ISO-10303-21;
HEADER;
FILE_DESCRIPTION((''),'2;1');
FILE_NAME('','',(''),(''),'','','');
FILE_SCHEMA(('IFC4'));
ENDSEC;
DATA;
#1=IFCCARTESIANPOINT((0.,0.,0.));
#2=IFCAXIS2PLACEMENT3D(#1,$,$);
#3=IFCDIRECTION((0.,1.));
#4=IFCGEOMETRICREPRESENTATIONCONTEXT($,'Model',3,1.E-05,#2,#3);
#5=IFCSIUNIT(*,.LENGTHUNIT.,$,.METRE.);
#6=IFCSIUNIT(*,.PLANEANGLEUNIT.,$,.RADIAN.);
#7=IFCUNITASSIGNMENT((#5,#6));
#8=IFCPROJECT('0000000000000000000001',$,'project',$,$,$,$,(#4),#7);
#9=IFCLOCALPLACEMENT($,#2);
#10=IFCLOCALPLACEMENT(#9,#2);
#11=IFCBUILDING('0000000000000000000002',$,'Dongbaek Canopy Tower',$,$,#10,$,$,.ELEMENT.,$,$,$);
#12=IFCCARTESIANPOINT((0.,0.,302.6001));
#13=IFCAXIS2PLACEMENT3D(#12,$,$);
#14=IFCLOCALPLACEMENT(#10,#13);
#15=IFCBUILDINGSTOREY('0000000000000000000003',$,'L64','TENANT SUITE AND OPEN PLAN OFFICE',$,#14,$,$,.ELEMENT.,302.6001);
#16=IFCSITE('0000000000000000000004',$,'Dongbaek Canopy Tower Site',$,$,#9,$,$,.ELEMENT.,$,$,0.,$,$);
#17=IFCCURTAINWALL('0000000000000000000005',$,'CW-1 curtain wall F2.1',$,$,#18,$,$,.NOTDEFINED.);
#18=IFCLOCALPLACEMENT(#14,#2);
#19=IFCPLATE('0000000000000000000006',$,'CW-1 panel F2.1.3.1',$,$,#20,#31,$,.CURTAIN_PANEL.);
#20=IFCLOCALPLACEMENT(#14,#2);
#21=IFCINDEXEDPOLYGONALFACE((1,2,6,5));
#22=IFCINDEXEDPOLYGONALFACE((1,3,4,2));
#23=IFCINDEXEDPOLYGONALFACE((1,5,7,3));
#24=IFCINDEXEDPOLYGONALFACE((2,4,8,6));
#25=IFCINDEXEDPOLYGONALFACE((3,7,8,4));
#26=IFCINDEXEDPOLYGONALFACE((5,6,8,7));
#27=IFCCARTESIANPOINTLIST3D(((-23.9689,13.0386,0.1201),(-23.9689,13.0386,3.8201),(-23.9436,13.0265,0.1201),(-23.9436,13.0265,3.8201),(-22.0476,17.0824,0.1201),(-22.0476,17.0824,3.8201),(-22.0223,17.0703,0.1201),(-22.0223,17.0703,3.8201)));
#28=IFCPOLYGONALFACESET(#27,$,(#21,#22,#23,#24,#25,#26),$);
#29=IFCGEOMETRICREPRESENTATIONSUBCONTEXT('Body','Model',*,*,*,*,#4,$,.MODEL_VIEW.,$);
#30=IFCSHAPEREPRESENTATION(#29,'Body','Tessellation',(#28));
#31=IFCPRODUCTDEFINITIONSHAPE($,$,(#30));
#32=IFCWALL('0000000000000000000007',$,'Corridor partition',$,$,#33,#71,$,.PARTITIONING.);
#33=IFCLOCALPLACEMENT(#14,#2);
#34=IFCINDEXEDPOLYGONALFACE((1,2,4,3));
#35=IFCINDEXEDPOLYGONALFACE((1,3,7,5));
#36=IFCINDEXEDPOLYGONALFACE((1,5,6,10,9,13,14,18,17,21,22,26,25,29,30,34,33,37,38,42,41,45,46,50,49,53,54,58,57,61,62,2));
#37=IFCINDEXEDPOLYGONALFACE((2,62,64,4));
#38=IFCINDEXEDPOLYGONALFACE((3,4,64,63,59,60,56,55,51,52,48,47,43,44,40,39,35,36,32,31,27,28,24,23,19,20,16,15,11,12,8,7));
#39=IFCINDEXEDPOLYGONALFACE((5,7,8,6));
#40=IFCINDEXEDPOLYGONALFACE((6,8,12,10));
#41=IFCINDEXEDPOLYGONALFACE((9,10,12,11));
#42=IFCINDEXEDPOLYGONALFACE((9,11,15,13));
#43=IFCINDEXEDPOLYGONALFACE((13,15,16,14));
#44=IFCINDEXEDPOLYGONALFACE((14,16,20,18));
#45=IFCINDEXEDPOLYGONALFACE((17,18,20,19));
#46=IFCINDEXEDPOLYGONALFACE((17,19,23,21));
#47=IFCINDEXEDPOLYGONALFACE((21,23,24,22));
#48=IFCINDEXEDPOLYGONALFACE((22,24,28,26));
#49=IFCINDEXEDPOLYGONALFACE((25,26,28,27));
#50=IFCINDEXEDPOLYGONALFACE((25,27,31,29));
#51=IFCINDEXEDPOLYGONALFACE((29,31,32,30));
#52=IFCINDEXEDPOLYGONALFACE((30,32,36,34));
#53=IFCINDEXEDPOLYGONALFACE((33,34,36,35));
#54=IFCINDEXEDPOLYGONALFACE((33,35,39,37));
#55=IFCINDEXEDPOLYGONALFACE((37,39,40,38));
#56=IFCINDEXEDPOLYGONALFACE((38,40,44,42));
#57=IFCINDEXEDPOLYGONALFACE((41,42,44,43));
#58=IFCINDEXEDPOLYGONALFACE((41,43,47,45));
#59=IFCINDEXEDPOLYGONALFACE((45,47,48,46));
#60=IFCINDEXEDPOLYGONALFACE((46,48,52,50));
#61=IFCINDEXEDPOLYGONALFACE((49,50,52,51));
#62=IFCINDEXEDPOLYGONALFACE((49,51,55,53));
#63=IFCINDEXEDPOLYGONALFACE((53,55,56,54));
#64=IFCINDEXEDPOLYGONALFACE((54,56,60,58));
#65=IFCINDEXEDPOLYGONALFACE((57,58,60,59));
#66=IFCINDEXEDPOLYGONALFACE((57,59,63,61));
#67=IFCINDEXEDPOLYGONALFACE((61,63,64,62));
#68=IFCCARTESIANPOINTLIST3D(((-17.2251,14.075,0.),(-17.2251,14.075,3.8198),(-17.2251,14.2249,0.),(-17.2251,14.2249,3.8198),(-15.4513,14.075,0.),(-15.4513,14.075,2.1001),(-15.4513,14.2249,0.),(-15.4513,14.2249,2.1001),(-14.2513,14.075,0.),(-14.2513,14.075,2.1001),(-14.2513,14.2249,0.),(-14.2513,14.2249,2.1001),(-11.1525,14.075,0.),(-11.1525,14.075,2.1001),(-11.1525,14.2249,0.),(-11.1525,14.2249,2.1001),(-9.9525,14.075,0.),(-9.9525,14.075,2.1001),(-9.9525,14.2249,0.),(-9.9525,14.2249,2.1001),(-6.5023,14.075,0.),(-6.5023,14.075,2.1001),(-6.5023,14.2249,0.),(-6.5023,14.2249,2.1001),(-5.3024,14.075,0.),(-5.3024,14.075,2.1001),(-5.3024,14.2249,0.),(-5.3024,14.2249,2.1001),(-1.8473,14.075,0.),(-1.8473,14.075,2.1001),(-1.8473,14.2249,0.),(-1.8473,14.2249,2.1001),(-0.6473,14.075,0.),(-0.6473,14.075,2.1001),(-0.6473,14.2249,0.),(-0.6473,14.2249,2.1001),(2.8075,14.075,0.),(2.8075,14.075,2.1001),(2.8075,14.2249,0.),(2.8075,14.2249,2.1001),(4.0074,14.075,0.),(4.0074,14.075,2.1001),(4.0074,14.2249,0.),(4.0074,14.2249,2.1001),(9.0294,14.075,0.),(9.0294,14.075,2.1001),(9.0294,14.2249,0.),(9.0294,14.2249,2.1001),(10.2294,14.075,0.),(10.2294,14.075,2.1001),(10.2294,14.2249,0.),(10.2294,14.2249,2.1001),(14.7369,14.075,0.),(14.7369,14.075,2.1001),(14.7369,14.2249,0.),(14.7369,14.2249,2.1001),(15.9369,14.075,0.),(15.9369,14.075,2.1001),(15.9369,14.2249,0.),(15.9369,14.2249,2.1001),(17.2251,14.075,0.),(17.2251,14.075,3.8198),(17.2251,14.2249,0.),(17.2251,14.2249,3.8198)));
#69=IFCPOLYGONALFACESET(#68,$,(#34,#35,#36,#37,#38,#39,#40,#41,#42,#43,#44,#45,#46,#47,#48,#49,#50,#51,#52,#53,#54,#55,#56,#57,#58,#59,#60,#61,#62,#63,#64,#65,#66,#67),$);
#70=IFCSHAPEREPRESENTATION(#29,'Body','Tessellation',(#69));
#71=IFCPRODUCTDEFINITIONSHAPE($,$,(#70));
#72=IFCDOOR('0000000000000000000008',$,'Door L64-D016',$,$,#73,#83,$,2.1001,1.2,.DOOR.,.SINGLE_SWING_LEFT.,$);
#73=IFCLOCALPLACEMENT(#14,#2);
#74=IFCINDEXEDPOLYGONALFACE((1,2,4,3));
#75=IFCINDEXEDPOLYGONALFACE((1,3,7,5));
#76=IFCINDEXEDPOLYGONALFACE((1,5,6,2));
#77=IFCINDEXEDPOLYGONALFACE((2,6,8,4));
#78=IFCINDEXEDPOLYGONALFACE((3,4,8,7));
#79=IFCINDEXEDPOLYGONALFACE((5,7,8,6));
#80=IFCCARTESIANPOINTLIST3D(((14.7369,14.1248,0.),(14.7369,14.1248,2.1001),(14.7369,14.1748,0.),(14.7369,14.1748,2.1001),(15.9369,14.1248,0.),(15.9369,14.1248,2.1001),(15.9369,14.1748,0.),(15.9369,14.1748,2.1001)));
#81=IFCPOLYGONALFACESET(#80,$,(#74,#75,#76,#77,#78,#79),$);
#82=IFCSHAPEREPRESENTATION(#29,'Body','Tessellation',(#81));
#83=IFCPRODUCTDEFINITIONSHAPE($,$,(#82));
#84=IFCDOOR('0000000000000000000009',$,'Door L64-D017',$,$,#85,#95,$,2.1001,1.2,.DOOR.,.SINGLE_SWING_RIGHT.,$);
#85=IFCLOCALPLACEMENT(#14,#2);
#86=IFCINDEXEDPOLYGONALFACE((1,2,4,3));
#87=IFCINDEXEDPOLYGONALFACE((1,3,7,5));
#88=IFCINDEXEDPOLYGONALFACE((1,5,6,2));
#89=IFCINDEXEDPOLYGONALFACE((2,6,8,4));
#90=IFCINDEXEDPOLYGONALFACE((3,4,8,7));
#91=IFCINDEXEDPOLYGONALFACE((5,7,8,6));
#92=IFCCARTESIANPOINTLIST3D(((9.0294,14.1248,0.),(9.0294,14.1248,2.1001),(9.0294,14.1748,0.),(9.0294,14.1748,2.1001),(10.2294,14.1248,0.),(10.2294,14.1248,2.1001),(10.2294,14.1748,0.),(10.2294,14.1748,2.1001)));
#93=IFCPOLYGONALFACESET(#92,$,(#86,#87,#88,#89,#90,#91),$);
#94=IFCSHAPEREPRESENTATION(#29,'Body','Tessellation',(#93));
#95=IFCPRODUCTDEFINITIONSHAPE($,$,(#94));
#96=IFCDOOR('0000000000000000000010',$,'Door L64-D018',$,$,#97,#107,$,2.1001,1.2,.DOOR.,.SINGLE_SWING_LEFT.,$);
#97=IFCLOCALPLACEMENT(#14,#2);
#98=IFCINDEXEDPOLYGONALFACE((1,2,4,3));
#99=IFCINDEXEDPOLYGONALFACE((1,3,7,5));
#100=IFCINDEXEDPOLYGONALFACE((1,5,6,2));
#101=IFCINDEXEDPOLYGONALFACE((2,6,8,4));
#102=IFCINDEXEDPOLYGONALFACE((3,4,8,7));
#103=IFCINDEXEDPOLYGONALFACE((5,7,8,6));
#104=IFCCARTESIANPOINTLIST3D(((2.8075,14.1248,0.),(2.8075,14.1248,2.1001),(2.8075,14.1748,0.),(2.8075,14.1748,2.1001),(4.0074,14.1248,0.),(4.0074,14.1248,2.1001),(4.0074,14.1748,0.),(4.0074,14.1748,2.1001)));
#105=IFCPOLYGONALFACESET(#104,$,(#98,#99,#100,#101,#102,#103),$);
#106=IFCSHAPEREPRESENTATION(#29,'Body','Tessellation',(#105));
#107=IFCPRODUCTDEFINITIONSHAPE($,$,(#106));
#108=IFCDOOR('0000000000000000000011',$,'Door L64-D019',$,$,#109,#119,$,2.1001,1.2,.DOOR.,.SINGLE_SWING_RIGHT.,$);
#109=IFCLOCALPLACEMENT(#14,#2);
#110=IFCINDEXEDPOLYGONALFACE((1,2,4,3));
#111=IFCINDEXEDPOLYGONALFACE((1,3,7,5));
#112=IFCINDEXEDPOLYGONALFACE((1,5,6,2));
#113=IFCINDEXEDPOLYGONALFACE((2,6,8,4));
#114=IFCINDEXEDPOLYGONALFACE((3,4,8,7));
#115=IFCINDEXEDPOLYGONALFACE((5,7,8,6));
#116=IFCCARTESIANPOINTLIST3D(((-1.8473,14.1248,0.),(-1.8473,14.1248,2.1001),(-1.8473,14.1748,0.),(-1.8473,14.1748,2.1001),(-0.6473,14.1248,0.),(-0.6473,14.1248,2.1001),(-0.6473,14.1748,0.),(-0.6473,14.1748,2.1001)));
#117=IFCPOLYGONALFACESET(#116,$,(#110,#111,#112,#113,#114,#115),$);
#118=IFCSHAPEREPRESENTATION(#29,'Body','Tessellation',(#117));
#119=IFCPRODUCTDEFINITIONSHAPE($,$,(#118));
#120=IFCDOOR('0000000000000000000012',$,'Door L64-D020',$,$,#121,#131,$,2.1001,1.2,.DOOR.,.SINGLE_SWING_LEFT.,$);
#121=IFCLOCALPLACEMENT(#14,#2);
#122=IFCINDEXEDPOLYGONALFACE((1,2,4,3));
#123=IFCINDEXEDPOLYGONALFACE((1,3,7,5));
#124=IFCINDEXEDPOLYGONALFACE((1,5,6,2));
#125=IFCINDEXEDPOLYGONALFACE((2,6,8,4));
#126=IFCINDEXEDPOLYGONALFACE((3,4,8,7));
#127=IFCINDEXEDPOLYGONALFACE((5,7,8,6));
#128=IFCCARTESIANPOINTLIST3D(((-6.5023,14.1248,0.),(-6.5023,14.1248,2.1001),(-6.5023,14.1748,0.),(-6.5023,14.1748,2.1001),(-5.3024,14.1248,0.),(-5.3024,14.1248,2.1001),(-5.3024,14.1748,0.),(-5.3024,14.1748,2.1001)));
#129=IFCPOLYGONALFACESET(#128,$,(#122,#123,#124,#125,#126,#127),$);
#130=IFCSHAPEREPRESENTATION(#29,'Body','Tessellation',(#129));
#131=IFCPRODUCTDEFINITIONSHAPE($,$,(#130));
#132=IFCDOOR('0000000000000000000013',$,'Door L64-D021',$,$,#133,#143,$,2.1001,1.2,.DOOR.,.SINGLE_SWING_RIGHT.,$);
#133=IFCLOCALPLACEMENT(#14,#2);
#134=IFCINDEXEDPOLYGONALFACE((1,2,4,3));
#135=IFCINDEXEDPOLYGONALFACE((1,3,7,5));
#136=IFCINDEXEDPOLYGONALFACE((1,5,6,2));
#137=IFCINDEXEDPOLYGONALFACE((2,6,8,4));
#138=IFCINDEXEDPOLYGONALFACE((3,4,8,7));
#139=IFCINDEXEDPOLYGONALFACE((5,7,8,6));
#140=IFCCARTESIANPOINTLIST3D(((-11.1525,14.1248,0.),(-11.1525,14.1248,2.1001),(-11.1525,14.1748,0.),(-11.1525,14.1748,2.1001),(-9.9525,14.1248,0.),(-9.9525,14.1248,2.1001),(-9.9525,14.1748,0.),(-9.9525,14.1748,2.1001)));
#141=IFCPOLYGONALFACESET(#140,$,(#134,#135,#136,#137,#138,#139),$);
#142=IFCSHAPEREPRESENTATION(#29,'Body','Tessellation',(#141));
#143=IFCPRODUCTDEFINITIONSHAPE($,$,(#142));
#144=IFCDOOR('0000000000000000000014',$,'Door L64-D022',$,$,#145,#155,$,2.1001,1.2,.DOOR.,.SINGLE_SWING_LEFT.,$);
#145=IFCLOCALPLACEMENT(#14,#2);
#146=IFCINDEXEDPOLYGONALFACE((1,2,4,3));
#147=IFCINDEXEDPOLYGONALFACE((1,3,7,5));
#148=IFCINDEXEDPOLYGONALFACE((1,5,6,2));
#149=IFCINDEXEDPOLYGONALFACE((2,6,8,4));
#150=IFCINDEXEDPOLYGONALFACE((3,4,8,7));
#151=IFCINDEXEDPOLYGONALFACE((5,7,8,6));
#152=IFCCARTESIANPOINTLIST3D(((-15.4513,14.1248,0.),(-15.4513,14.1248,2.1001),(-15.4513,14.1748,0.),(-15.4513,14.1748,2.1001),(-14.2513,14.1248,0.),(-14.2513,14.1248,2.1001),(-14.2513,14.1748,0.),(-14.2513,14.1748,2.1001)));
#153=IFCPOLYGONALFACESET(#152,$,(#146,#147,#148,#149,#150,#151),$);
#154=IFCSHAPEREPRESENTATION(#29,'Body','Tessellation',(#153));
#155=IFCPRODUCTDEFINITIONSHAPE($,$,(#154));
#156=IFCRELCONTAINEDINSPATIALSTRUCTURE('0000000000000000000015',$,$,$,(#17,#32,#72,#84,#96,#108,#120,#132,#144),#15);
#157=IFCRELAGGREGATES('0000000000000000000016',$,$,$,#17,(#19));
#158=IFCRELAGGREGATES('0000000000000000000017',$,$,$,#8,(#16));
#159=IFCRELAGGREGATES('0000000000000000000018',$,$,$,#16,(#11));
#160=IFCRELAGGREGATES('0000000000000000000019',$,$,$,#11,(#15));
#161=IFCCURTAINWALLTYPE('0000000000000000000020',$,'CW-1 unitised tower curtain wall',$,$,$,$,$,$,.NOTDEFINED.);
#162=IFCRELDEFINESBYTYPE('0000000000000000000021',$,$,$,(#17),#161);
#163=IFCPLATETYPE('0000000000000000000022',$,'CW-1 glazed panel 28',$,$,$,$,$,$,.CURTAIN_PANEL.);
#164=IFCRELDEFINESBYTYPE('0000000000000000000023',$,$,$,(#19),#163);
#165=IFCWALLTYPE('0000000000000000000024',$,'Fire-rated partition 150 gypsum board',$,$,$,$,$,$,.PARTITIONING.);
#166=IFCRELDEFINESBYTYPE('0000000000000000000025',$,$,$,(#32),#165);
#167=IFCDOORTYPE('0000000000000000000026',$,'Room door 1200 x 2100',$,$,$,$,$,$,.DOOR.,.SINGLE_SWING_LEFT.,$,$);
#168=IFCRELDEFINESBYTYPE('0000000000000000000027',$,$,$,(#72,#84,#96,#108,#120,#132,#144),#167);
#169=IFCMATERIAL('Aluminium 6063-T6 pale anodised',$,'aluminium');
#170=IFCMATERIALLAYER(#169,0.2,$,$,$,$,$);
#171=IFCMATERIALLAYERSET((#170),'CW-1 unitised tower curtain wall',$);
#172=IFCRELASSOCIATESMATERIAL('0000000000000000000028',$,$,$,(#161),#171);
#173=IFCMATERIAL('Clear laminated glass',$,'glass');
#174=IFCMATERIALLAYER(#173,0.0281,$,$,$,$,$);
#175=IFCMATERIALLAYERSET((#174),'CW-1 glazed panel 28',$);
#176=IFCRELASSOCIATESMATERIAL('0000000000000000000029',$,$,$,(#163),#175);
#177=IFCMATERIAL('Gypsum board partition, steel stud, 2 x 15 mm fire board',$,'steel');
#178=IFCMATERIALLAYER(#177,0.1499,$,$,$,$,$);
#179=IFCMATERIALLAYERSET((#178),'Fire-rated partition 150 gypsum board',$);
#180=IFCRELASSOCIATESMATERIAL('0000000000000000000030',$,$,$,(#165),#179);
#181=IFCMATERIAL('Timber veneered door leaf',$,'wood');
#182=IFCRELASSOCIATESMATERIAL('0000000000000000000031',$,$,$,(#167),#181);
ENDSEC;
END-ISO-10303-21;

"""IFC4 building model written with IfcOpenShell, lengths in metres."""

from ifc_helpers import new_model, si_unit, direction, frame, frame_2d, origin, origin_2d, place, context, subcontext, project, spatial, rectangle, extrude, material, layer, layer_set, type_object, element, fill, aggregate, save


model = new_model("IFC4")

# Units and contexts
model_context = context("Model", 3, precision=1e-05, world=origin(), true_north=direction((0.0, 1.0)))
body_context = subcontext(model_context, "Body", "Model", "MODEL_VIEW")
ifc_project = project(units=[si_unit("LENGTHUNIT", "METRE"), si_unit("PLANEANGLEUNIT", "RADIAN")], contexts=[model_context])

# Site, building, storey
site_placement = place(None, origin())
site = spatial("IfcSite", under=ifc_project, at=site_placement, Name="Dongbaek Canopy Tower Site", CompositionType="ELEMENT", RefElevation=0.0)
building_placement = place(site_placement, origin())
building = spatial("IfcBuilding", under=site, at=building_placement, Name="Dongbaek Canopy Tower", CompositionType="ELEMENT")
storey_placement = place(building_placement, frame((0.0, 0.0, 302.6001)))
storey = spatial("IfcBuildingStorey", under=building, at=storey_placement, Name="L64", Description="TENANT SUITE AND OPEN PLAN OFFICE", CompositionType="ELEMENT", Elevation=302.6001)

# Curtain wall
ifc_material_1 = material(Name="Aluminium 6063-T6 pale anodised", Category="aluminium")
ifc_layer_1 = layer(ifc_material_1, 0.2)
ifc_layer_set_1 = layer_set([ifc_layer_1], Name="CW-1 unitised tower curtain wall")
curtain_wall_type = type_object("IfcCurtainWallType", Name="CW-1 unitised tower curtain wall", PredefinedType="NOTDEFINED", material=ifc_layer_set_1)
curtain_wall_1_placement = place(storey_placement, origin())
curtain_wall_1 = element("IfcCurtainWall", 1, at=curtain_wall_1_placement, inside=storey, type_object=curtain_wall_type, Name="CW-1 curtain wall F2.1", PredefinedType="NOTDEFINED")

# Plate
ifc_material_2 = material(Name="Clear laminated glass", Category="glass")
ifc_layer_2 = layer(ifc_material_2, 0.0281)
ifc_layer_set_2 = layer_set([ifc_layer_2], Name="CW-1 glazed panel 28")
plate_type = type_object("IfcPlateType", Name="CW-1 glazed panel 28", PredefinedType="CURTAIN_PANEL", material=ifc_layer_set_2)
plate_1_placement = place(storey_placement, frame((-22.9956, 15.0544, 0.1201), z_axis=(0.0, 0.0, 1.0), x_axis=(-0.429143, -0.903236, 0.0)))
plate_1 = element("IfcPlate", 2, at=plate_1_placement, type_object=plate_type, Name="CW-1 panel F2.1.3.1", PredefinedType="CURTAIN_PANEL", context=body_context, shape_type="SweptSolid", body=[
    extrude(rectangle(XDim=4.4771, YDim=0.0281, at=origin_2d()), origin(), (0.0, 0.0, 1.0), 3.7),
])

# Wall, openings, doors
ifc_material_3 = material(Name="Gypsum board partition, steel stud, 2 x 15 mm fire board", Category="steel")
ifc_layer_3 = layer(ifc_material_3, 0.1499)
ifc_layer_set_3 = layer_set([ifc_layer_3], Name="Fire-rated partition 150 gypsum board")
wall_type_1 = type_object("IfcWallType", Name="Fire-rated partition 150 gypsum board", PredefinedType="PARTITIONING", material=ifc_layer_set_3)
wall_1_placement = place(storey_placement, frame((-17.2251, 14.1499, 0.0), z_axis=(0.0, 0.0, 1.0), x_axis=(1.0, 0.0, 0.0)))
wall_1 = element("IfcWall", 3, at=wall_1_placement, inside=storey, type_object=wall_type_1, Name="Corridor partition", PredefinedType="PARTITIONING", context=body_context, shape_type="SweptSolid", body=[
    extrude(rectangle(XDim=34.4502, YDim=0.1499, at=frame_2d((17.2251, 0.0))), origin(), (0.0, 0.0, 1.0), 3.8198),
])
opening_1_placement = place(wall_1_placement, frame((31.9619, 0.0, 0.0)))
opening_1 = element("IfcOpeningElement", 4, at=opening_1_placement, cuts=wall_1, PredefinedType="OPENING", context=body_context, shape_type="SweptSolid", body=[
    extrude(rectangle(XDim=1.2, YDim=2.1001, at=frame_2d((0.6001, 1.05))), frame((0.0, 0.085, 0.0), z_axis=(0.0, -1.0, 0.0), x_axis=(1.0, 0.0, 0.0)), (0.0, 0.0, 1.0), 0.1699),
])
opening_2_placement = place(wall_1_placement, frame((26.2544, 0.0, 0.0)))
opening_2 = element("IfcOpeningElement", 5, at=opening_2_placement, cuts=wall_1, PredefinedType="OPENING", context=body_context, shape_type="SweptSolid", body=[
    extrude(rectangle(XDim=1.2, YDim=2.1001, at=frame_2d((0.6001, 1.05))), frame((0.0, 0.085, 0.0), z_axis=(0.0, -1.0, 0.0), x_axis=(1.0, 0.0, 0.0)), (0.0, 0.0, 1.0), 0.1699),
])
opening_3_placement = place(wall_1_placement, frame((20.0325, 0.0, 0.0)))
opening_3 = element("IfcOpeningElement", 6, at=opening_3_placement, cuts=wall_1, PredefinedType="OPENING", context=body_context, shape_type="SweptSolid", body=[
    extrude(rectangle(XDim=1.2, YDim=2.1001, at=frame_2d((0.6001, 1.05))), frame((0.0, 0.085, 0.0), z_axis=(0.0, -1.0, 0.0), x_axis=(1.0, 0.0, 0.0)), (0.0, 0.0, 1.0), 0.1699),
])
opening_4_placement = place(wall_1_placement, frame((15.3777, 0.0, 0.0)))
opening_4 = element("IfcOpeningElement", 7, at=opening_4_placement, cuts=wall_1, PredefinedType="OPENING", context=body_context, shape_type="SweptSolid", body=[
    extrude(rectangle(XDim=1.2, YDim=2.1001, at=frame_2d((0.6001, 1.05))), frame((0.0, 0.085, 0.0), z_axis=(0.0, -1.0, 0.0), x_axis=(1.0, 0.0, 0.0)), (0.0, 0.0, 1.0), 0.1699),
])
opening_5_placement = place(wall_1_placement, frame((10.7227, 0.0, 0.0)))
opening_5 = element("IfcOpeningElement", 8, at=opening_5_placement, cuts=wall_1, PredefinedType="OPENING", context=body_context, shape_type="SweptSolid", body=[
    extrude(rectangle(XDim=1.2, YDim=2.1001, at=frame_2d((0.6001, 1.05))), frame((0.0, 0.085, 0.0), z_axis=(0.0, -1.0, 0.0), x_axis=(1.0, 0.0, 0.0)), (0.0, 0.0, 1.0), 0.1699),
])
opening_6_placement = place(wall_1_placement, frame((6.0725, 0.0, 0.0)))
opening_6 = element("IfcOpeningElement", 9, at=opening_6_placement, cuts=wall_1, PredefinedType="OPENING", context=body_context, shape_type="SweptSolid", body=[
    extrude(rectangle(XDim=1.2, YDim=2.1001, at=frame_2d((0.6001, 1.05))), frame((0.0, 0.085, 0.0), z_axis=(0.0, -1.0, 0.0), x_axis=(1.0, 0.0, 0.0)), (0.0, 0.0, 1.0), 0.1699),
])
opening_7_placement = place(wall_1_placement, frame((1.7737, 0.0, 0.0)))
opening_7 = element("IfcOpeningElement", 10, at=opening_7_placement, cuts=wall_1, PredefinedType="OPENING", context=body_context, shape_type="SweptSolid", body=[
    extrude(rectangle(XDim=1.2, YDim=2.1001, at=frame_2d((0.6001, 1.05))), frame((0.0, 0.085, 0.0), z_axis=(0.0, -1.0, 0.0), x_axis=(1.0, 0.0, 0.0)), (0.0, 0.0, 1.0), 0.1699),
])
ifc_material_4 = material(Name="Timber veneered door leaf", Category="wood")
door_type = type_object("IfcDoorType", Name="Room door 1200 x 2100", OperationType="SINGLE_SWING_LEFT", PredefinedType="DOOR", material=ifc_material_4)
door_1_placement = place(opening_1_placement, origin())
door_1 = element("IfcDoor", 11, at=door_1_placement, inside=storey, type_object=door_type, Name="Door L64-D016", OperationType="SINGLE_SWING_LEFT", OverallHeight=2.1001, OverallWidth=1.2, PredefinedType="DOOR", context=body_context, shape_type="SweptSolid", body=[
    extrude(rectangle(XDim=1.2, YDim=2.1001, at=frame_2d((0.6001, 1.05))), frame((0.0, 0.0249, 0.0), z_axis=(0.0, -1.0, 0.0), x_axis=(1.0, 0.0, 0.0)), (0.0, 0.0, 1.0), 0.05),
])
fill(opening_1, door_1)
door_2_placement = place(opening_2_placement, origin())
door_2 = element("IfcDoor", 12, at=door_2_placement, inside=storey, type_object=door_type, Name="Door L64-D017", OperationType="SINGLE_SWING_RIGHT", OverallHeight=2.1001, OverallWidth=1.2, PredefinedType="DOOR", context=body_context, shape_type="SweptSolid", body=[
    extrude(rectangle(XDim=1.2, YDim=2.1001, at=frame_2d((0.6001, 1.05))), frame((0.0, 0.0249, 0.0), z_axis=(0.0, -1.0, 0.0), x_axis=(1.0, 0.0, 0.0)), (0.0, 0.0, 1.0), 0.05),
])
fill(opening_2, door_2)
door_3_placement = place(opening_3_placement, origin())
door_3 = element("IfcDoor", 13, at=door_3_placement, inside=storey, type_object=door_type, Name="Door L64-D018", OperationType="SINGLE_SWING_LEFT", OverallHeight=2.1001, OverallWidth=1.2, PredefinedType="DOOR", context=body_context, shape_type="SweptSolid", body=[
    extrude(rectangle(XDim=1.2, YDim=2.1001, at=frame_2d((0.6001, 1.05))), frame((0.0, 0.0249, 0.0), z_axis=(0.0, -1.0, 0.0), x_axis=(1.0, 0.0, 0.0)), (0.0, 0.0, 1.0), 0.05),
])
fill(opening_3, door_3)
door_4_placement = place(opening_4_placement, origin())
door_4 = element("IfcDoor", 14, at=door_4_placement, inside=storey, type_object=door_type, Name="Door L64-D019", OperationType="SINGLE_SWING_RIGHT", OverallHeight=2.1001, OverallWidth=1.2, PredefinedType="DOOR", context=body_context, shape_type="SweptSolid", body=[
    extrude(rectangle(XDim=1.2, YDim=2.1001, at=frame_2d((0.6001, 1.05))), frame((0.0, 0.0249, 0.0), z_axis=(0.0, -1.0, 0.0), x_axis=(1.0, 0.0, 0.0)), (0.0, 0.0, 1.0), 0.05),
])
fill(opening_4, door_4)
door_5_placement = place(opening_5_placement, origin())
door_5 = element("IfcDoor", 15, at=door_5_placement, inside=storey, type_object=door_type, Name="Door L64-D020", OperationType="SINGLE_SWING_LEFT", OverallHeight=2.1001, OverallWidth=1.2, PredefinedType="DOOR", context=body_context, shape_type="SweptSolid", body=[
    extrude(rectangle(XDim=1.2, YDim=2.1001, at=frame_2d((0.6001, 1.05))), frame((0.0, 0.0249, 0.0), z_axis=(0.0, -1.0, 0.0), x_axis=(1.0, 0.0, 0.0)), (0.0, 0.0, 1.0), 0.05),
])
fill(opening_5, door_5)
door_6_placement = place(opening_6_placement, origin())
door_6 = element("IfcDoor", 16, at=door_6_placement, inside=storey, type_object=door_type, Name="Door L64-D021", OperationType="SINGLE_SWING_RIGHT", OverallHeight=2.1001, OverallWidth=1.2, PredefinedType="DOOR", context=body_context, shape_type="SweptSolid", body=[
    extrude(rectangle(XDim=1.2, YDim=2.1001, at=frame_2d((0.6001, 1.05))), frame((0.0, 0.0249, 0.0), z_axis=(0.0, -1.0, 0.0), x_axis=(1.0, 0.0, 0.0)), (0.0, 0.0, 1.0), 0.05),
])
fill(opening_6, door_6)
door_7_placement = place(opening_7_placement, origin())
door_7 = element("IfcDoor", 17, at=door_7_placement, inside=storey, type_object=door_type, Name="Door L64-D022", OperationType="SINGLE_SWING_LEFT", OverallHeight=2.1001, OverallWidth=1.2, PredefinedType="DOOR", context=body_context, shape_type="SweptSolid", body=[
    extrude(rectangle(XDim=1.2, YDim=2.1001, at=frame_2d((0.6001, 1.05))), frame((0.0, 0.0249, 0.0), z_axis=(0.0, -1.0, 0.0), x_axis=(1.0, 0.0, 0.0)), (0.0, 0.0, 1.0), 0.05),
])
fill(opening_7, door_7)

aggregate(curtain_wall_1, [plate_1])

save(model, "model.ifc")
